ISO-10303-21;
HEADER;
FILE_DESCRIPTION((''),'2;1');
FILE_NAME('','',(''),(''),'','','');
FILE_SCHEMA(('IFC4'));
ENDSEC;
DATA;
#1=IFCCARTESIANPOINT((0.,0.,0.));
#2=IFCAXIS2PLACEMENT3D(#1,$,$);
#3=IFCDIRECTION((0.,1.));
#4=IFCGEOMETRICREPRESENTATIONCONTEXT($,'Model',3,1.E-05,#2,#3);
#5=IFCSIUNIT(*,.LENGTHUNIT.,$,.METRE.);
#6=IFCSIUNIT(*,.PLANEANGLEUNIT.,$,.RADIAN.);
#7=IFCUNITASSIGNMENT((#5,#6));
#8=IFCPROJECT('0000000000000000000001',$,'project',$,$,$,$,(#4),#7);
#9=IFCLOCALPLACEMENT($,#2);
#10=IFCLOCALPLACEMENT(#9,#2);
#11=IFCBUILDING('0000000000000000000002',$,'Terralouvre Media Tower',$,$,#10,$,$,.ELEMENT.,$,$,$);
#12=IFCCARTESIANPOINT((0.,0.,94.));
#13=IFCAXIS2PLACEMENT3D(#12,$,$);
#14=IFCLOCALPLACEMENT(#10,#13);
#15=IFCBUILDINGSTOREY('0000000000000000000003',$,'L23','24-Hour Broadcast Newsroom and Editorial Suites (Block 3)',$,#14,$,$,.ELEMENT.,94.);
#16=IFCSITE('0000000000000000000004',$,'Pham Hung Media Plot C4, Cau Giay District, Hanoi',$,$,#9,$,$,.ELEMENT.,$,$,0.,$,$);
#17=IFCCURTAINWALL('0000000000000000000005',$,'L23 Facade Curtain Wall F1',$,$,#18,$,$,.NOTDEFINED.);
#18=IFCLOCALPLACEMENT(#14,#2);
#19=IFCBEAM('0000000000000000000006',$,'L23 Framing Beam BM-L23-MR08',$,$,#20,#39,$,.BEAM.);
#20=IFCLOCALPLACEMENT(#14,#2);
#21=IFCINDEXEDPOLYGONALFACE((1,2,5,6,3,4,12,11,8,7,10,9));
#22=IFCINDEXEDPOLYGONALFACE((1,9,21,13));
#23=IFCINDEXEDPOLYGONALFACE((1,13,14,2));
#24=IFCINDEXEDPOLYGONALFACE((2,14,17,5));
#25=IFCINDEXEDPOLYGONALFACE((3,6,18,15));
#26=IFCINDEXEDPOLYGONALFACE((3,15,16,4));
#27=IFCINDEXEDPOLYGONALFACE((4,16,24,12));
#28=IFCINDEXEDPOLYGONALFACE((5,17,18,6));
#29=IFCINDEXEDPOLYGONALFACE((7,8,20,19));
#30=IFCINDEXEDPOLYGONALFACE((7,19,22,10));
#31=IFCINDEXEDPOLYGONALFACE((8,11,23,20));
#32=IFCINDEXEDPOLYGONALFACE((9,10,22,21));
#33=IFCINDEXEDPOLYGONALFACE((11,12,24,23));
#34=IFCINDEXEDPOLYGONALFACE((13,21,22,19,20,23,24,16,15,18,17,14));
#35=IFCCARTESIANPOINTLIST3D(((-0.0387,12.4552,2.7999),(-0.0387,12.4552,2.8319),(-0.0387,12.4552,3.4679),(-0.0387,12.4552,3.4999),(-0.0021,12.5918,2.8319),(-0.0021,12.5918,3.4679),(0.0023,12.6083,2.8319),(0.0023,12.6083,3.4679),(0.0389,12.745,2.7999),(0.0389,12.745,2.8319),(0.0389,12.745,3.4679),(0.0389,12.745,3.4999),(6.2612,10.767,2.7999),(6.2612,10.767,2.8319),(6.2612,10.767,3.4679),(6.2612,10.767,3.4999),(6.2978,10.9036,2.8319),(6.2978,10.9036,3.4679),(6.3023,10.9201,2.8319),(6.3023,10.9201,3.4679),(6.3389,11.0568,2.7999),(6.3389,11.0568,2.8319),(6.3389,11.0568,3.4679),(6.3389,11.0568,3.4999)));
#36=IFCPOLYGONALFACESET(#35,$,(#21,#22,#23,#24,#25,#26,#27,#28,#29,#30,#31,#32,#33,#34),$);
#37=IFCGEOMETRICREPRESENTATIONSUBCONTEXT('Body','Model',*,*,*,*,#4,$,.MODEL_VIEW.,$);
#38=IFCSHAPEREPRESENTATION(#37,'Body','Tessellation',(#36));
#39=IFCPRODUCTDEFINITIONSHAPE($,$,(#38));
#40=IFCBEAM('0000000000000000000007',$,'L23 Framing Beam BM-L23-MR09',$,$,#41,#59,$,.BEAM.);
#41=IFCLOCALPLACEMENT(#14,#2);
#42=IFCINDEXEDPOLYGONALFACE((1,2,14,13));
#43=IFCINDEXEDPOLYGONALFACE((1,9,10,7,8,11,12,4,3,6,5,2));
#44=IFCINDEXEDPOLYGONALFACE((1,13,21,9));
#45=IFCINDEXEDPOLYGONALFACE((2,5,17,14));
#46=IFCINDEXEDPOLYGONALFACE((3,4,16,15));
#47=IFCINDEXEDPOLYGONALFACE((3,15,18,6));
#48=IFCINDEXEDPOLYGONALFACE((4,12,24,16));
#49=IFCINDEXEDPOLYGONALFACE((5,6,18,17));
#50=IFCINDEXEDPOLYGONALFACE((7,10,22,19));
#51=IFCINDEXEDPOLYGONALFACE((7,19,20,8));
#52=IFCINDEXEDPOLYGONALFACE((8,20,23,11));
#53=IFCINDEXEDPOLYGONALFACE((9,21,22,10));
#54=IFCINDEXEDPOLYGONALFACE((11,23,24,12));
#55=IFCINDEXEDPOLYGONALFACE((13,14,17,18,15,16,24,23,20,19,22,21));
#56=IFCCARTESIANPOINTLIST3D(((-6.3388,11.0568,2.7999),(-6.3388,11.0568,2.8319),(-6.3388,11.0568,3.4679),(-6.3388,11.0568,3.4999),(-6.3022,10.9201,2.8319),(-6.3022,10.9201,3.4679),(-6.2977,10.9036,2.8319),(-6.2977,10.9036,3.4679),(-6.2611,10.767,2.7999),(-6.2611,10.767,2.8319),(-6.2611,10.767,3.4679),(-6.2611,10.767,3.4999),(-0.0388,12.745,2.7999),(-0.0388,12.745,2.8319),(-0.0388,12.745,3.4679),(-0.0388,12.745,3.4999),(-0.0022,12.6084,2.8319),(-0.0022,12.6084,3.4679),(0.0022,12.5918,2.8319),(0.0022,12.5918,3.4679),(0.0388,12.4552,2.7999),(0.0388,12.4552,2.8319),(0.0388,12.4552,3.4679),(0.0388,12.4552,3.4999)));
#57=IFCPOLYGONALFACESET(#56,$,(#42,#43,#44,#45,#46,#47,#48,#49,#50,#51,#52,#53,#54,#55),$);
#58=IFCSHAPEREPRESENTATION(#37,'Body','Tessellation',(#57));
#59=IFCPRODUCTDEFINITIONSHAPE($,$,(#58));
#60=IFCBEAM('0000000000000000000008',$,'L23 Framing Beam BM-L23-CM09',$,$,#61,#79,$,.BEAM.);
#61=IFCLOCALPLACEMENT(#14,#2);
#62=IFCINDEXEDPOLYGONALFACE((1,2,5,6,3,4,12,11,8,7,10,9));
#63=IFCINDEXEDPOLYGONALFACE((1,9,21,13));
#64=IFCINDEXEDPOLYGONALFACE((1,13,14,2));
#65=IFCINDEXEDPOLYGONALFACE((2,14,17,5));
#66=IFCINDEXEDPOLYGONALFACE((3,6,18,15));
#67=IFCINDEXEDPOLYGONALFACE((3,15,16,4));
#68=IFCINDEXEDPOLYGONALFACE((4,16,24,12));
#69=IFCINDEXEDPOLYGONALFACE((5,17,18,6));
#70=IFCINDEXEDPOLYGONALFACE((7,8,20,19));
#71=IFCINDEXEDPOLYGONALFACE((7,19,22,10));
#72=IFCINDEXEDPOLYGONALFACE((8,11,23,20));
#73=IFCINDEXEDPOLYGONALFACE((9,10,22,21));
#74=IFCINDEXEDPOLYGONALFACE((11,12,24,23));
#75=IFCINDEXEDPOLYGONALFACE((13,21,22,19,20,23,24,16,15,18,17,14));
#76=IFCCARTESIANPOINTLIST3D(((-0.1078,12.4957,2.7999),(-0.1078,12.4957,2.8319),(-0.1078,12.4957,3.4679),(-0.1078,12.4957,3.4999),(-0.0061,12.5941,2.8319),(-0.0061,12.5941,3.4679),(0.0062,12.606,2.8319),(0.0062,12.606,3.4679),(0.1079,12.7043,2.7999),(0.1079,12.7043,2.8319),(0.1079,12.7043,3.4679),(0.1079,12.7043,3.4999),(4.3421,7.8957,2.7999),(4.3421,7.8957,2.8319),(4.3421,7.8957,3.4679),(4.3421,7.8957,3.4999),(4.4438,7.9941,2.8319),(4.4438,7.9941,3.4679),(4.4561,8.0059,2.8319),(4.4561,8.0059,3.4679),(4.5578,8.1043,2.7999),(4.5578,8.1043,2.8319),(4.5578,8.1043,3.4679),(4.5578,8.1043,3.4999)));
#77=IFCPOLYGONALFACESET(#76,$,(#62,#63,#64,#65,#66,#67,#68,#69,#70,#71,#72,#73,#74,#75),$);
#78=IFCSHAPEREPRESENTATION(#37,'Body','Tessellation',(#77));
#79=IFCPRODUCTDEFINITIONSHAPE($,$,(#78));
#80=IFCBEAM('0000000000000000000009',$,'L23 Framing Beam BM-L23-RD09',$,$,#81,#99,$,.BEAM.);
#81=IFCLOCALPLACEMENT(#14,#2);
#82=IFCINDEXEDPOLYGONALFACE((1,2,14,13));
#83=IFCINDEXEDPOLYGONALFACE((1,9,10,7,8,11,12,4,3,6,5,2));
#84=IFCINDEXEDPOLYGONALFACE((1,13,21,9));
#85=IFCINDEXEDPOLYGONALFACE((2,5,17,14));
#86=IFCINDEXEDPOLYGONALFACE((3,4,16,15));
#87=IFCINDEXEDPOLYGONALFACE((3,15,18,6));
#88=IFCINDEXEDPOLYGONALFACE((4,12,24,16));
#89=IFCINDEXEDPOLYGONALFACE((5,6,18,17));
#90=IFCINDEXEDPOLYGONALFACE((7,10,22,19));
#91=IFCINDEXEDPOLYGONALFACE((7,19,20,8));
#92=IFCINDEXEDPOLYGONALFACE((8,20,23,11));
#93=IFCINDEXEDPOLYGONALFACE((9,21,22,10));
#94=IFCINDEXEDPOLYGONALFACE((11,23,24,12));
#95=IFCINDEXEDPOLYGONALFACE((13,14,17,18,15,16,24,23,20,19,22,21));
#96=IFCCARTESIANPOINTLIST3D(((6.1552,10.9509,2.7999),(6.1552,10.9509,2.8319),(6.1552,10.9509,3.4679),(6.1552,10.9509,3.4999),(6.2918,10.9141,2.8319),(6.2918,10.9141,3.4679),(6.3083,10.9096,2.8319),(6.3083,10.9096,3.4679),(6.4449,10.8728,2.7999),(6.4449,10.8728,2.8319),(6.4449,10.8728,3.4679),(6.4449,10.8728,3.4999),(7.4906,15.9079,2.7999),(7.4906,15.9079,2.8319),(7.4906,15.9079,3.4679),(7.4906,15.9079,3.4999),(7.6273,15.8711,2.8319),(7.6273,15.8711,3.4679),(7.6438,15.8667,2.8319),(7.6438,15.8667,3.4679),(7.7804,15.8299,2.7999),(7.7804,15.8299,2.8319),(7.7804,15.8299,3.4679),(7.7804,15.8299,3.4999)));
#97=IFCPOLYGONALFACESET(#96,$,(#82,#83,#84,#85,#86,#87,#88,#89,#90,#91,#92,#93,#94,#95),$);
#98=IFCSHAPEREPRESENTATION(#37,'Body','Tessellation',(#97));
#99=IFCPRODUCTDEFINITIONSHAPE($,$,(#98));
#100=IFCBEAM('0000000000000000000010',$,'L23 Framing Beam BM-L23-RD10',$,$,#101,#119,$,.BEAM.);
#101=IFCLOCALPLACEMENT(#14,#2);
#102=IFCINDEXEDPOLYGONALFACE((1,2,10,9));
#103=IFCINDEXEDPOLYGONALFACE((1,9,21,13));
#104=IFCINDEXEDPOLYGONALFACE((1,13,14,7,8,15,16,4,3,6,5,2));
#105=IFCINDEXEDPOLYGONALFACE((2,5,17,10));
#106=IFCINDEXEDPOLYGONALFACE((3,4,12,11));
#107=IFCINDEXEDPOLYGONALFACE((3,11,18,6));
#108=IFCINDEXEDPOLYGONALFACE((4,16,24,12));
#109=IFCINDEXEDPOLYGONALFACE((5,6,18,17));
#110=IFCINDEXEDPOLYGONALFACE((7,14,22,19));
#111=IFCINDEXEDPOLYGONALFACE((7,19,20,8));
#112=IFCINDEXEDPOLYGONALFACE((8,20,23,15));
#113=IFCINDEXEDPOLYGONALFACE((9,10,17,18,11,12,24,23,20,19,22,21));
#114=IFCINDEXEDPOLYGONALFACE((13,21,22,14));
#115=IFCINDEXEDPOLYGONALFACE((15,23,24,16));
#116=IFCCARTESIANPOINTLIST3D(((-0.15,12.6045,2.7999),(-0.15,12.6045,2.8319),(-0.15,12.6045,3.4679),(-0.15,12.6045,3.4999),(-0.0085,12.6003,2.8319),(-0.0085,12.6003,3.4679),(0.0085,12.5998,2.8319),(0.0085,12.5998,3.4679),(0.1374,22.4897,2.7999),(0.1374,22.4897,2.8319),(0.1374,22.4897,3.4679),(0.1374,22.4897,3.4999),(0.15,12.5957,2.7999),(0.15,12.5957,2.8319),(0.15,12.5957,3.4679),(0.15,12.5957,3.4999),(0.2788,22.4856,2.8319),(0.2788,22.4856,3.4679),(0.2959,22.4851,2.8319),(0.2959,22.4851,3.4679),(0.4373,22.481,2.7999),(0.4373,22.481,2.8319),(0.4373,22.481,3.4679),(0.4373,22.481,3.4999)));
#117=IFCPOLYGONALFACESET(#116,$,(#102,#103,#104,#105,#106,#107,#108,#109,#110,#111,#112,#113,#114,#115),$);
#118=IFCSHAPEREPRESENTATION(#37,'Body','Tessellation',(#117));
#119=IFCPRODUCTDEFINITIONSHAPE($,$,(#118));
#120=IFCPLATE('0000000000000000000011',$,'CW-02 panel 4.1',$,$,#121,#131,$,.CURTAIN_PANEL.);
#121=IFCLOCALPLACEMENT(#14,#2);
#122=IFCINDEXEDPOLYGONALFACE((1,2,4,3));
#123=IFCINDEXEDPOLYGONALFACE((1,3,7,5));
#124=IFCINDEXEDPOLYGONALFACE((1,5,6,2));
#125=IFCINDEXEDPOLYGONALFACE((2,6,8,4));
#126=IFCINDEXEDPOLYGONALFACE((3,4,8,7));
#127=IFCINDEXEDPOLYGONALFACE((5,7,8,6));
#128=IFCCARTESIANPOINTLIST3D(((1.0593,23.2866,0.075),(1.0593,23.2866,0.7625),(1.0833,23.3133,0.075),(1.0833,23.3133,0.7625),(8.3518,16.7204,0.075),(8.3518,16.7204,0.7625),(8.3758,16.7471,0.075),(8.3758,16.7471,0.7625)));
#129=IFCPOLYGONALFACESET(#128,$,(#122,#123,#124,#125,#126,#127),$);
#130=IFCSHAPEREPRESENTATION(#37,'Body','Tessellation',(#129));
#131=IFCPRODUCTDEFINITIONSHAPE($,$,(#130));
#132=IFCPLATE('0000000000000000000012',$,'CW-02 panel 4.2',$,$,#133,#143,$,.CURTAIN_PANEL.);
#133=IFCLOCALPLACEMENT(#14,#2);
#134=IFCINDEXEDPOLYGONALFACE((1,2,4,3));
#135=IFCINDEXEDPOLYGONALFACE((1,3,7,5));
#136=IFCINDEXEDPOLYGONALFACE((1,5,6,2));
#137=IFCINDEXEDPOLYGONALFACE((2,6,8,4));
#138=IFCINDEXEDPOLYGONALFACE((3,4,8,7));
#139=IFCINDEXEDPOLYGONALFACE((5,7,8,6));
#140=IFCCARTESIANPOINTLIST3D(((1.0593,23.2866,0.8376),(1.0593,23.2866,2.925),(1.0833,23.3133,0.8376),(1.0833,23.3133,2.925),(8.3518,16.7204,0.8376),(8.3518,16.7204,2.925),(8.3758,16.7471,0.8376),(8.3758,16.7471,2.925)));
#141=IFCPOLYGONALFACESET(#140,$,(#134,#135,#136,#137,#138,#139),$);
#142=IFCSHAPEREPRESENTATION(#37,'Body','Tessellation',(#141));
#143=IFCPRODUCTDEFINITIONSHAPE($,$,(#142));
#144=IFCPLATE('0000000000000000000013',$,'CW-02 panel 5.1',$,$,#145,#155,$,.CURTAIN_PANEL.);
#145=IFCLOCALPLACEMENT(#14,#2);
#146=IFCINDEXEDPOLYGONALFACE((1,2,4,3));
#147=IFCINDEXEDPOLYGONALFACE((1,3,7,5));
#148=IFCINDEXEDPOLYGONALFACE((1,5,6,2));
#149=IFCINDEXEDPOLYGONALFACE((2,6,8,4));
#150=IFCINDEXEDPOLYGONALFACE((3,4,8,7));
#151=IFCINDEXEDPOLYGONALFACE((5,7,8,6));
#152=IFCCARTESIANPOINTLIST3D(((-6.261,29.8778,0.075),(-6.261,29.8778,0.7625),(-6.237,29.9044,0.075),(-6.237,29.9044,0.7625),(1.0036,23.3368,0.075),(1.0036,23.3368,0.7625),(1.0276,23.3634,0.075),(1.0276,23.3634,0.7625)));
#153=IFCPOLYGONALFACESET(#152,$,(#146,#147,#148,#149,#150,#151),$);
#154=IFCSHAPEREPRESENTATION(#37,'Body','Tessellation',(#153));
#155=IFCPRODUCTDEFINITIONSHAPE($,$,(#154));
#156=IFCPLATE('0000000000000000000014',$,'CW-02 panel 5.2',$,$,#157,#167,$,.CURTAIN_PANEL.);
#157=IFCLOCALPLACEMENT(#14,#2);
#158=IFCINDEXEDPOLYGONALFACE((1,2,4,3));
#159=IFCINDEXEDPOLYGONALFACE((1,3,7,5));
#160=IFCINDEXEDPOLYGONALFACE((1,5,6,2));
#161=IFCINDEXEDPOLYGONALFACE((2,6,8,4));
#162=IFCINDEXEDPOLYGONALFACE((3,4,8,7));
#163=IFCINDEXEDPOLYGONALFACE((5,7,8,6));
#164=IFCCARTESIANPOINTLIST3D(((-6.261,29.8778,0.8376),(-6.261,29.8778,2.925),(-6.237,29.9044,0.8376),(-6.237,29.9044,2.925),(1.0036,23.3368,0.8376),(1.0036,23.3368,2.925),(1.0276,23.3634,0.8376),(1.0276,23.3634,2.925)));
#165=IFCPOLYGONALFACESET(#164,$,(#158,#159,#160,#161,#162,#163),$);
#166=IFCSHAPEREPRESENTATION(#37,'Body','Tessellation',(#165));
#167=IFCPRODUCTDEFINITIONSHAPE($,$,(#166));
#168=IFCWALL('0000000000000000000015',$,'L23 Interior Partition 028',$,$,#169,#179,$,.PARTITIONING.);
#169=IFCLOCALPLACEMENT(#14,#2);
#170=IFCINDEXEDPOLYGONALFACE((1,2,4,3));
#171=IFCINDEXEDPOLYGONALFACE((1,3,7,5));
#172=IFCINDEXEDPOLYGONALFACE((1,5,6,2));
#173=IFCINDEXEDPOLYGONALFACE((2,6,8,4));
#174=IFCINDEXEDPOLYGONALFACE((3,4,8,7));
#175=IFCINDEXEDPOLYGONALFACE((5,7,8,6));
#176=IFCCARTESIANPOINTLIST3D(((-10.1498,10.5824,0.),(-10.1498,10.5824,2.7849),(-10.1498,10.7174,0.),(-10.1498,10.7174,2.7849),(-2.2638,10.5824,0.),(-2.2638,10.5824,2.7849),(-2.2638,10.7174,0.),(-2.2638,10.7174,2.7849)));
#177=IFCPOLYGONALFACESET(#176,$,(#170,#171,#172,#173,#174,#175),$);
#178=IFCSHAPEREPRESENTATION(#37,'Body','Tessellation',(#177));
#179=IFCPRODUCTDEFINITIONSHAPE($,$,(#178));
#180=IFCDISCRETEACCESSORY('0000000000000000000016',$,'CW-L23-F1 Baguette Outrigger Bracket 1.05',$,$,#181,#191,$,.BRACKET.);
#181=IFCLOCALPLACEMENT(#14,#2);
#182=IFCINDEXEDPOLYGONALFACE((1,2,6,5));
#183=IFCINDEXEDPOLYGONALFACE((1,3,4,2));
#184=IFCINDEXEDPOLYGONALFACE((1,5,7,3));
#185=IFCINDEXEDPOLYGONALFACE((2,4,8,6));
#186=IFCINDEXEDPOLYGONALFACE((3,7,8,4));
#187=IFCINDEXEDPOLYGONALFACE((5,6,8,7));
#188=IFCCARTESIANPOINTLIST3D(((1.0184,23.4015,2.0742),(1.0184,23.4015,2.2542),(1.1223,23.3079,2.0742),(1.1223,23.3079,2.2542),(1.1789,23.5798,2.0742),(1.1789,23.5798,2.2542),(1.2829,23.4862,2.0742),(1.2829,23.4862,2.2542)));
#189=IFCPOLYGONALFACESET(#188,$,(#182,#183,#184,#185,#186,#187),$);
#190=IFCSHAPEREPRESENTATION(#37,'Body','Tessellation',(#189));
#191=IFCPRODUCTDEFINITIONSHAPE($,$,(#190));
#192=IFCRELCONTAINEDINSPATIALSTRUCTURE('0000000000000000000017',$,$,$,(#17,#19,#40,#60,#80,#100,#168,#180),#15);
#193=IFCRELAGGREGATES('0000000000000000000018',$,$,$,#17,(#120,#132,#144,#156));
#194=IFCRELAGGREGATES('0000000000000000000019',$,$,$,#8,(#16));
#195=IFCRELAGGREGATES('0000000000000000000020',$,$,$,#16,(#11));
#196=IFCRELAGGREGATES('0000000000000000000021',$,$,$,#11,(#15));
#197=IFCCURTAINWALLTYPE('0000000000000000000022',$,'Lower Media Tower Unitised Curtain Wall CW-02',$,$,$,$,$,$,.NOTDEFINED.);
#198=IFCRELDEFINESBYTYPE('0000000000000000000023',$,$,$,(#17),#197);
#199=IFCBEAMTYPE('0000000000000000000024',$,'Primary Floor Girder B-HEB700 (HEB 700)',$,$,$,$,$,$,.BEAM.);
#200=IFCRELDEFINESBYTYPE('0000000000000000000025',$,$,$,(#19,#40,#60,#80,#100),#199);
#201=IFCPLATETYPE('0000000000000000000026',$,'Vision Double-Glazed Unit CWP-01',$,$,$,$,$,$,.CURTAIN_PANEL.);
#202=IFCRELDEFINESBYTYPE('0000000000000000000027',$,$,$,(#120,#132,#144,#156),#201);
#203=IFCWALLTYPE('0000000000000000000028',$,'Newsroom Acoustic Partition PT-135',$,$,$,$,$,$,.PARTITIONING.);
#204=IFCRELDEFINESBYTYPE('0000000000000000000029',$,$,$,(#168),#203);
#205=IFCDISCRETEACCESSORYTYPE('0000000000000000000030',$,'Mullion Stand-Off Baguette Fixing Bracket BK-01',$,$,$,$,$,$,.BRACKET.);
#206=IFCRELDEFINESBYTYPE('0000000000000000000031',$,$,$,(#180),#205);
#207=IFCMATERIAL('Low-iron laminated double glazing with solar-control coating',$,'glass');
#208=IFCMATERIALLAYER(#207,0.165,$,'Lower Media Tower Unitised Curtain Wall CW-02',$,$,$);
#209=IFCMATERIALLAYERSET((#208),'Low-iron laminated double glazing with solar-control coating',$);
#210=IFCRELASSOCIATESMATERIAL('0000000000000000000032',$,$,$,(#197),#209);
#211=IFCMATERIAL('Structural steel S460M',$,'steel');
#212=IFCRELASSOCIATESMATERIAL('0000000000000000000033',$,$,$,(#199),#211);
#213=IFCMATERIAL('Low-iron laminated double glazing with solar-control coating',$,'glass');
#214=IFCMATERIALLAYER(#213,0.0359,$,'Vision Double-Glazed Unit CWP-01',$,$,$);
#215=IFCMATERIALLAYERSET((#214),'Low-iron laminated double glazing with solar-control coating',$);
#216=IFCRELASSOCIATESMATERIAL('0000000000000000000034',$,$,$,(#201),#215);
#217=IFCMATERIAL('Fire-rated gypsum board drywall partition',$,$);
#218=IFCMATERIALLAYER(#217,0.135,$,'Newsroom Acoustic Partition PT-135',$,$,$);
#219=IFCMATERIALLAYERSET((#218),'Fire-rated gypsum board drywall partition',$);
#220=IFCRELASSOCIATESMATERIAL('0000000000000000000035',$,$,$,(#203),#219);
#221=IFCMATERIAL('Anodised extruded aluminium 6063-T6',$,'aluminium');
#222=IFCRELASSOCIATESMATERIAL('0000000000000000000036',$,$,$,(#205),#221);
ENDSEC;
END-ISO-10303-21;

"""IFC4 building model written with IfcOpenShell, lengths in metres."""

from ifc_helpers import new_model, si_unit, direction, frame, frame_2d, origin, origin_2d, place, context, subcontext, project, spatial, rectangle, i_section, extrude, material, layer, layer_set, material_profile, profile_set, type_object, element, aggregate, save


model = new_model("IFC4")

# Units and contexts
model_context = context("Model", 3, precision=1e-05, world=origin(), true_north=direction((0.0, 1.0)))
body_context = subcontext(model_context, "Body", "Model", "MODEL_VIEW")
ifc_project = project(units=[si_unit("LENGTHUNIT", "METRE"), si_unit("PLANEANGLEUNIT", "RADIAN")], contexts=[model_context])

# Site, building, storey
site_placement = place(None, origin())
site = spatial("IfcSite", under=ifc_project, at=site_placement, Name="Pham Hung Media Plot C4, Cau Giay District, Hanoi", CompositionType="ELEMENT", RefElevation=0.0)
building_placement = place(site_placement, origin())
building = spatial("IfcBuilding", under=site, at=building_placement, Name="Terralouvre Media Tower", CompositionType="ELEMENT")
storey_placement = place(building_placement, frame((0.0, 0.0, 94.0)))
storey = spatial("IfcBuildingStorey", under=building, at=storey_placement, Name="L23", Description="24-Hour Broadcast Newsroom and Editorial Suites (Block 3)", CompositionType="ELEMENT", Elevation=94.0)

# Curtain wall
ifc_material_1 = material(Name="Low-iron laminated double glazing with solar-control coating", Category="glass")
ifc_layer_1 = layer(ifc_material_1, 0.165, Name="Lower Media Tower Unitised Curtain Wall CW-02")
ifc_layer_set_1 = layer_set([ifc_layer_1], Name="Low-iron laminated double glazing with solar-control coating")
curtain_wall_type = type_object("IfcCurtainWallType", Name="Lower Media Tower Unitised Curtain Wall CW-02", PredefinedType="NOTDEFINED", material=ifc_layer_set_1)
curtain_wall_placement = place(storey_placement, origin())
curtain_wall = element("IfcCurtainWall", 1, at=curtain_wall_placement, inside=storey, type_object=curtain_wall_type, Name="L23 Facade Curtain Wall F1", PredefinedType="NOTDEFINED")

# Beams
ifc_material_2 = material(Name="Structural steel S460M", Category="steel")
ifc_material_profile_1 = material_profile(ifc_material_2, i_section(OverallWidth=0.3, OverallDepth=0.7, WebThickness=0.0171, FlangeThickness=0.032, at=origin_2d()), Name="HEB 700")
ifc_profile_set_1 = profile_set([ifc_material_profile_1], Name="Structural steel S460M")
beam_type_1 = type_object("IfcBeamType", Name="Primary Floor Girder B-HEB700 (HEB 700)", PredefinedType="BEAM", material=ifc_profile_set_1)
for number, where, z_axis, x_axis, name in (
    (2, (6.3, 10.9119, 3.1499), (-0.96592, 0.258839, 0.0), (-0.258839, -0.96592, 0.0), "L23 Framing Beam BM-L23-MR08"),
    (3, (0.0, 12.6001, 3.1499), (-0.96592, -0.258839, 0.0), (0.258839, -0.96592, 0.0), "L23 Framing Beam BM-L23-MR09"),
):
    element("IfcBeam", number, at=place(storey_placement, frame(where, z_axis=z_axis, x_axis=x_axis)), inside=storey, type_object=beam_type_1, Name=name, PredefinedType="BEAM", context=body_context, shape_type="SweptSolid", body=[
        extrude(i_section(OverallWidth=0.3, OverallDepth=0.7, WebThickness=0.0171, FlangeThickness=0.032, at=origin_2d()), origin(), (0.0, 0.0, 1.0), 6.5222),
    ])
beam_1_placement = place(storey_placement, frame((4.45, 8.0, 3.1499), z_axis=(-0.69528, 0.718739, 0.0), x_axis=(-0.718739, -0.69528, 0.0)))
element("IfcBeam", 4, at=beam_1_placement, inside=storey, type_object=beam_type_1, Name="L23 Framing Beam BM-L23-CM09", PredefinedType="BEAM", context=body_context, shape_type="SweptSolid", body=[
    extrude(i_section(OverallWidth=0.3, OverallDepth=0.7, WebThickness=0.0171, FlangeThickness=0.032, at=origin_2d()), origin(), (0.0, 0.0, 1.0), 6.4001),
])
beam_2_placement = place(storey_placement, frame((6.3, 10.9119, 3.1499), z_axis=(0.26013, 0.965574, 0.0), x_axis=(-0.965574, 0.26013, 0.0)))
element("IfcBeam", 5, at=beam_2_placement, inside=storey, type_object=beam_type_1, Name="L23 Framing Beam BM-L23-RD09", PredefinedType="BEAM", context=body_context, shape_type="SweptSolid", body=[
    extrude(i_section(OverallWidth=0.3, OverallDepth=0.7, WebThickness=0.0171, FlangeThickness=0.032, at=origin_2d()), origin(), (0.0, 0.0, 1.0), 5.1338),
])
beam_3_placement = place(storey_placement, frame((0.0, 12.6001, 3.1499), z_axis=(0.029057, 0.999578, 0.0), x_axis=(-0.999578, 0.029057, 0.0)))
element("IfcBeam", 6, at=beam_3_placement, inside=storey, type_object=beam_type_1, Name="L23 Framing Beam BM-L23-RD10", PredefinedType="BEAM", context=body_context, shape_type="SweptSolid", body=[
    extrude(i_section(OverallWidth=0.3, OverallDepth=0.7, WebThickness=0.0171, FlangeThickness=0.032, at=origin_2d()), origin(), (0.0, 0.0, 1.0), 9.8894),
])

# Plates
ifc_material_3 = material(Name="Low-iron laminated double glazing with solar-control coating", Category="glass")
ifc_layer_2 = layer(ifc_material_3, 0.0359, Name="Vision Double-Glazed Unit CWP-01")
ifc_layer_set_2 = layer_set([ifc_layer_2], Name="Low-iron laminated double glazing with solar-control coating")
plate_type = type_object("IfcPlateType", Name="Vision Double-Glazed Unit CWP-01", PredefinedType="CURTAIN_PANEL", material=ifc_layer_set_2)
plate_1_placement = place(storey_placement, frame((4.7175, 20.0168, 0.075), z_axis=(0.0, 0.0, 1.0), x_axis=(-0.743145, 0.669131, 0.0)))
plate_1 = element("IfcPlate", 7, at=plate_1_placement, type_object=plate_type, Name="CW-02 panel 4.1", PredefinedType="CURTAIN_PANEL", context=body_context, shape_type="SweptSolid", body=[
    extrude(rectangle(XDim=9.813, YDim=0.0359, at=origin_2d()), origin(), (0.0, 0.0, 1.0), 0.6875),
])
plate_2_placement = place(storey_placement, frame((4.7175, 20.0168, 0.8376), z_axis=(0.0, 0.0, 1.0), x_axis=(-0.743145, 0.669131, 0.0)))
plate_2 = element("IfcPlate", 8, at=plate_2_placement, type_object=plate_type, Name="CW-02 panel 4.2", PredefinedType="CURTAIN_PANEL", context=body_context, shape_type="SweptSolid", body=[
    extrude(rectangle(XDim=9.813, YDim=0.0359, at=origin_2d()), origin(), (0.0, 0.0, 1.0), 2.0874),
])
plate_3_placement = place(storey_placement, frame((-2.6167, 26.6206, 0.075), z_axis=(0.0, 0.0, 1.0), x_axis=(-0.743145, 0.669131, 0.0)))
plate_3 = element("IfcPlate", 9, at=plate_3_placement, type_object=plate_type, Name="CW-02 panel 5.1", PredefinedType="CURTAIN_PANEL", context=body_context, shape_type="SweptSolid", body=[
    extrude(rectangle(XDim=9.7754, YDim=0.0359, at=origin_2d()), origin(), (0.0, 0.0, 1.0), 0.6875),
])
plate_4_placement = place(storey_placement, frame((-2.6167, 26.6206, 0.8376), z_axis=(0.0, 0.0, 1.0), x_axis=(-0.743145, 0.669131, 0.0)))
plate_4 = element("IfcPlate", 10, at=plate_4_placement, type_object=plate_type, Name="CW-02 panel 5.2", PredefinedType="CURTAIN_PANEL", context=body_context, shape_type="SweptSolid", body=[
    extrude(rectangle(XDim=9.7754, YDim=0.0359, at=origin_2d()), origin(), (0.0, 0.0, 1.0), 2.0874),
])
aggregate(curtain_wall, [plate_1, plate_2, plate_3, plate_4])

# Wall
ifc_material_4 = material(Name="Fire-rated gypsum board drywall partition")
ifc_layer_3 = layer(ifc_material_4, 0.135, Name="Newsroom Acoustic Partition PT-135")
ifc_layer_set_3 = layer_set([ifc_layer_3], Name="Fire-rated gypsum board drywall partition")
wall_type = type_object("IfcWallType", Name="Newsroom Acoustic Partition PT-135", PredefinedType="PARTITIONING", material=ifc_layer_set_3)
wall_placement = place(storey_placement, frame((-2.2639, 10.6499, 0.0), z_axis=(0.0, 0.0, 1.0), x_axis=(-1.0, 0.0, 0.0)))
element("IfcWall", 11, at=wall_placement, inside=storey, type_object=wall_type, Name="L23 Interior Partition 028", PredefinedType="PARTITIONING", context=body_context, shape_type="SweptSolid", body=[
    extrude(rectangle(XDim=7.886, YDim=0.135, at=frame_2d((3.9429, 0.0))), origin(), (0.0, 0.0, 1.0), 2.7849),
])

# Discrete accessory
ifc_material_5 = material(Name="Anodised extruded aluminium 6063-T6", Category="aluminium")
discrete_accessory_type = type_object("IfcDiscreteAccessoryType", Name="Mullion Stand-Off Baguette Fixing Bracket BK-01", PredefinedType="BRACKET", material=ifc_material_5)
discrete_accessory_placement = place(storey_placement, frame((1.1506, 23.4438, 2.0742), z_axis=(0.0, 0.0, 1.0), x_axis=(-0.743145, 0.669131, 0.0)))
element("IfcDiscreteAccessory", 12, at=discrete_accessory_placement, inside=storey, type_object=discrete_accessory_type, Name="CW-L23-F1 Baguette Outrigger Bracket 1.05", PredefinedType="BRACKET", context=body_context, shape_type="SweptSolid", body=[
    extrude(rectangle(XDim=0.1399, YDim=0.24, at=origin_2d()), origin(), (0.0, 0.0, 1.0), 0.1799),
])

save(model, "model.ifc")
